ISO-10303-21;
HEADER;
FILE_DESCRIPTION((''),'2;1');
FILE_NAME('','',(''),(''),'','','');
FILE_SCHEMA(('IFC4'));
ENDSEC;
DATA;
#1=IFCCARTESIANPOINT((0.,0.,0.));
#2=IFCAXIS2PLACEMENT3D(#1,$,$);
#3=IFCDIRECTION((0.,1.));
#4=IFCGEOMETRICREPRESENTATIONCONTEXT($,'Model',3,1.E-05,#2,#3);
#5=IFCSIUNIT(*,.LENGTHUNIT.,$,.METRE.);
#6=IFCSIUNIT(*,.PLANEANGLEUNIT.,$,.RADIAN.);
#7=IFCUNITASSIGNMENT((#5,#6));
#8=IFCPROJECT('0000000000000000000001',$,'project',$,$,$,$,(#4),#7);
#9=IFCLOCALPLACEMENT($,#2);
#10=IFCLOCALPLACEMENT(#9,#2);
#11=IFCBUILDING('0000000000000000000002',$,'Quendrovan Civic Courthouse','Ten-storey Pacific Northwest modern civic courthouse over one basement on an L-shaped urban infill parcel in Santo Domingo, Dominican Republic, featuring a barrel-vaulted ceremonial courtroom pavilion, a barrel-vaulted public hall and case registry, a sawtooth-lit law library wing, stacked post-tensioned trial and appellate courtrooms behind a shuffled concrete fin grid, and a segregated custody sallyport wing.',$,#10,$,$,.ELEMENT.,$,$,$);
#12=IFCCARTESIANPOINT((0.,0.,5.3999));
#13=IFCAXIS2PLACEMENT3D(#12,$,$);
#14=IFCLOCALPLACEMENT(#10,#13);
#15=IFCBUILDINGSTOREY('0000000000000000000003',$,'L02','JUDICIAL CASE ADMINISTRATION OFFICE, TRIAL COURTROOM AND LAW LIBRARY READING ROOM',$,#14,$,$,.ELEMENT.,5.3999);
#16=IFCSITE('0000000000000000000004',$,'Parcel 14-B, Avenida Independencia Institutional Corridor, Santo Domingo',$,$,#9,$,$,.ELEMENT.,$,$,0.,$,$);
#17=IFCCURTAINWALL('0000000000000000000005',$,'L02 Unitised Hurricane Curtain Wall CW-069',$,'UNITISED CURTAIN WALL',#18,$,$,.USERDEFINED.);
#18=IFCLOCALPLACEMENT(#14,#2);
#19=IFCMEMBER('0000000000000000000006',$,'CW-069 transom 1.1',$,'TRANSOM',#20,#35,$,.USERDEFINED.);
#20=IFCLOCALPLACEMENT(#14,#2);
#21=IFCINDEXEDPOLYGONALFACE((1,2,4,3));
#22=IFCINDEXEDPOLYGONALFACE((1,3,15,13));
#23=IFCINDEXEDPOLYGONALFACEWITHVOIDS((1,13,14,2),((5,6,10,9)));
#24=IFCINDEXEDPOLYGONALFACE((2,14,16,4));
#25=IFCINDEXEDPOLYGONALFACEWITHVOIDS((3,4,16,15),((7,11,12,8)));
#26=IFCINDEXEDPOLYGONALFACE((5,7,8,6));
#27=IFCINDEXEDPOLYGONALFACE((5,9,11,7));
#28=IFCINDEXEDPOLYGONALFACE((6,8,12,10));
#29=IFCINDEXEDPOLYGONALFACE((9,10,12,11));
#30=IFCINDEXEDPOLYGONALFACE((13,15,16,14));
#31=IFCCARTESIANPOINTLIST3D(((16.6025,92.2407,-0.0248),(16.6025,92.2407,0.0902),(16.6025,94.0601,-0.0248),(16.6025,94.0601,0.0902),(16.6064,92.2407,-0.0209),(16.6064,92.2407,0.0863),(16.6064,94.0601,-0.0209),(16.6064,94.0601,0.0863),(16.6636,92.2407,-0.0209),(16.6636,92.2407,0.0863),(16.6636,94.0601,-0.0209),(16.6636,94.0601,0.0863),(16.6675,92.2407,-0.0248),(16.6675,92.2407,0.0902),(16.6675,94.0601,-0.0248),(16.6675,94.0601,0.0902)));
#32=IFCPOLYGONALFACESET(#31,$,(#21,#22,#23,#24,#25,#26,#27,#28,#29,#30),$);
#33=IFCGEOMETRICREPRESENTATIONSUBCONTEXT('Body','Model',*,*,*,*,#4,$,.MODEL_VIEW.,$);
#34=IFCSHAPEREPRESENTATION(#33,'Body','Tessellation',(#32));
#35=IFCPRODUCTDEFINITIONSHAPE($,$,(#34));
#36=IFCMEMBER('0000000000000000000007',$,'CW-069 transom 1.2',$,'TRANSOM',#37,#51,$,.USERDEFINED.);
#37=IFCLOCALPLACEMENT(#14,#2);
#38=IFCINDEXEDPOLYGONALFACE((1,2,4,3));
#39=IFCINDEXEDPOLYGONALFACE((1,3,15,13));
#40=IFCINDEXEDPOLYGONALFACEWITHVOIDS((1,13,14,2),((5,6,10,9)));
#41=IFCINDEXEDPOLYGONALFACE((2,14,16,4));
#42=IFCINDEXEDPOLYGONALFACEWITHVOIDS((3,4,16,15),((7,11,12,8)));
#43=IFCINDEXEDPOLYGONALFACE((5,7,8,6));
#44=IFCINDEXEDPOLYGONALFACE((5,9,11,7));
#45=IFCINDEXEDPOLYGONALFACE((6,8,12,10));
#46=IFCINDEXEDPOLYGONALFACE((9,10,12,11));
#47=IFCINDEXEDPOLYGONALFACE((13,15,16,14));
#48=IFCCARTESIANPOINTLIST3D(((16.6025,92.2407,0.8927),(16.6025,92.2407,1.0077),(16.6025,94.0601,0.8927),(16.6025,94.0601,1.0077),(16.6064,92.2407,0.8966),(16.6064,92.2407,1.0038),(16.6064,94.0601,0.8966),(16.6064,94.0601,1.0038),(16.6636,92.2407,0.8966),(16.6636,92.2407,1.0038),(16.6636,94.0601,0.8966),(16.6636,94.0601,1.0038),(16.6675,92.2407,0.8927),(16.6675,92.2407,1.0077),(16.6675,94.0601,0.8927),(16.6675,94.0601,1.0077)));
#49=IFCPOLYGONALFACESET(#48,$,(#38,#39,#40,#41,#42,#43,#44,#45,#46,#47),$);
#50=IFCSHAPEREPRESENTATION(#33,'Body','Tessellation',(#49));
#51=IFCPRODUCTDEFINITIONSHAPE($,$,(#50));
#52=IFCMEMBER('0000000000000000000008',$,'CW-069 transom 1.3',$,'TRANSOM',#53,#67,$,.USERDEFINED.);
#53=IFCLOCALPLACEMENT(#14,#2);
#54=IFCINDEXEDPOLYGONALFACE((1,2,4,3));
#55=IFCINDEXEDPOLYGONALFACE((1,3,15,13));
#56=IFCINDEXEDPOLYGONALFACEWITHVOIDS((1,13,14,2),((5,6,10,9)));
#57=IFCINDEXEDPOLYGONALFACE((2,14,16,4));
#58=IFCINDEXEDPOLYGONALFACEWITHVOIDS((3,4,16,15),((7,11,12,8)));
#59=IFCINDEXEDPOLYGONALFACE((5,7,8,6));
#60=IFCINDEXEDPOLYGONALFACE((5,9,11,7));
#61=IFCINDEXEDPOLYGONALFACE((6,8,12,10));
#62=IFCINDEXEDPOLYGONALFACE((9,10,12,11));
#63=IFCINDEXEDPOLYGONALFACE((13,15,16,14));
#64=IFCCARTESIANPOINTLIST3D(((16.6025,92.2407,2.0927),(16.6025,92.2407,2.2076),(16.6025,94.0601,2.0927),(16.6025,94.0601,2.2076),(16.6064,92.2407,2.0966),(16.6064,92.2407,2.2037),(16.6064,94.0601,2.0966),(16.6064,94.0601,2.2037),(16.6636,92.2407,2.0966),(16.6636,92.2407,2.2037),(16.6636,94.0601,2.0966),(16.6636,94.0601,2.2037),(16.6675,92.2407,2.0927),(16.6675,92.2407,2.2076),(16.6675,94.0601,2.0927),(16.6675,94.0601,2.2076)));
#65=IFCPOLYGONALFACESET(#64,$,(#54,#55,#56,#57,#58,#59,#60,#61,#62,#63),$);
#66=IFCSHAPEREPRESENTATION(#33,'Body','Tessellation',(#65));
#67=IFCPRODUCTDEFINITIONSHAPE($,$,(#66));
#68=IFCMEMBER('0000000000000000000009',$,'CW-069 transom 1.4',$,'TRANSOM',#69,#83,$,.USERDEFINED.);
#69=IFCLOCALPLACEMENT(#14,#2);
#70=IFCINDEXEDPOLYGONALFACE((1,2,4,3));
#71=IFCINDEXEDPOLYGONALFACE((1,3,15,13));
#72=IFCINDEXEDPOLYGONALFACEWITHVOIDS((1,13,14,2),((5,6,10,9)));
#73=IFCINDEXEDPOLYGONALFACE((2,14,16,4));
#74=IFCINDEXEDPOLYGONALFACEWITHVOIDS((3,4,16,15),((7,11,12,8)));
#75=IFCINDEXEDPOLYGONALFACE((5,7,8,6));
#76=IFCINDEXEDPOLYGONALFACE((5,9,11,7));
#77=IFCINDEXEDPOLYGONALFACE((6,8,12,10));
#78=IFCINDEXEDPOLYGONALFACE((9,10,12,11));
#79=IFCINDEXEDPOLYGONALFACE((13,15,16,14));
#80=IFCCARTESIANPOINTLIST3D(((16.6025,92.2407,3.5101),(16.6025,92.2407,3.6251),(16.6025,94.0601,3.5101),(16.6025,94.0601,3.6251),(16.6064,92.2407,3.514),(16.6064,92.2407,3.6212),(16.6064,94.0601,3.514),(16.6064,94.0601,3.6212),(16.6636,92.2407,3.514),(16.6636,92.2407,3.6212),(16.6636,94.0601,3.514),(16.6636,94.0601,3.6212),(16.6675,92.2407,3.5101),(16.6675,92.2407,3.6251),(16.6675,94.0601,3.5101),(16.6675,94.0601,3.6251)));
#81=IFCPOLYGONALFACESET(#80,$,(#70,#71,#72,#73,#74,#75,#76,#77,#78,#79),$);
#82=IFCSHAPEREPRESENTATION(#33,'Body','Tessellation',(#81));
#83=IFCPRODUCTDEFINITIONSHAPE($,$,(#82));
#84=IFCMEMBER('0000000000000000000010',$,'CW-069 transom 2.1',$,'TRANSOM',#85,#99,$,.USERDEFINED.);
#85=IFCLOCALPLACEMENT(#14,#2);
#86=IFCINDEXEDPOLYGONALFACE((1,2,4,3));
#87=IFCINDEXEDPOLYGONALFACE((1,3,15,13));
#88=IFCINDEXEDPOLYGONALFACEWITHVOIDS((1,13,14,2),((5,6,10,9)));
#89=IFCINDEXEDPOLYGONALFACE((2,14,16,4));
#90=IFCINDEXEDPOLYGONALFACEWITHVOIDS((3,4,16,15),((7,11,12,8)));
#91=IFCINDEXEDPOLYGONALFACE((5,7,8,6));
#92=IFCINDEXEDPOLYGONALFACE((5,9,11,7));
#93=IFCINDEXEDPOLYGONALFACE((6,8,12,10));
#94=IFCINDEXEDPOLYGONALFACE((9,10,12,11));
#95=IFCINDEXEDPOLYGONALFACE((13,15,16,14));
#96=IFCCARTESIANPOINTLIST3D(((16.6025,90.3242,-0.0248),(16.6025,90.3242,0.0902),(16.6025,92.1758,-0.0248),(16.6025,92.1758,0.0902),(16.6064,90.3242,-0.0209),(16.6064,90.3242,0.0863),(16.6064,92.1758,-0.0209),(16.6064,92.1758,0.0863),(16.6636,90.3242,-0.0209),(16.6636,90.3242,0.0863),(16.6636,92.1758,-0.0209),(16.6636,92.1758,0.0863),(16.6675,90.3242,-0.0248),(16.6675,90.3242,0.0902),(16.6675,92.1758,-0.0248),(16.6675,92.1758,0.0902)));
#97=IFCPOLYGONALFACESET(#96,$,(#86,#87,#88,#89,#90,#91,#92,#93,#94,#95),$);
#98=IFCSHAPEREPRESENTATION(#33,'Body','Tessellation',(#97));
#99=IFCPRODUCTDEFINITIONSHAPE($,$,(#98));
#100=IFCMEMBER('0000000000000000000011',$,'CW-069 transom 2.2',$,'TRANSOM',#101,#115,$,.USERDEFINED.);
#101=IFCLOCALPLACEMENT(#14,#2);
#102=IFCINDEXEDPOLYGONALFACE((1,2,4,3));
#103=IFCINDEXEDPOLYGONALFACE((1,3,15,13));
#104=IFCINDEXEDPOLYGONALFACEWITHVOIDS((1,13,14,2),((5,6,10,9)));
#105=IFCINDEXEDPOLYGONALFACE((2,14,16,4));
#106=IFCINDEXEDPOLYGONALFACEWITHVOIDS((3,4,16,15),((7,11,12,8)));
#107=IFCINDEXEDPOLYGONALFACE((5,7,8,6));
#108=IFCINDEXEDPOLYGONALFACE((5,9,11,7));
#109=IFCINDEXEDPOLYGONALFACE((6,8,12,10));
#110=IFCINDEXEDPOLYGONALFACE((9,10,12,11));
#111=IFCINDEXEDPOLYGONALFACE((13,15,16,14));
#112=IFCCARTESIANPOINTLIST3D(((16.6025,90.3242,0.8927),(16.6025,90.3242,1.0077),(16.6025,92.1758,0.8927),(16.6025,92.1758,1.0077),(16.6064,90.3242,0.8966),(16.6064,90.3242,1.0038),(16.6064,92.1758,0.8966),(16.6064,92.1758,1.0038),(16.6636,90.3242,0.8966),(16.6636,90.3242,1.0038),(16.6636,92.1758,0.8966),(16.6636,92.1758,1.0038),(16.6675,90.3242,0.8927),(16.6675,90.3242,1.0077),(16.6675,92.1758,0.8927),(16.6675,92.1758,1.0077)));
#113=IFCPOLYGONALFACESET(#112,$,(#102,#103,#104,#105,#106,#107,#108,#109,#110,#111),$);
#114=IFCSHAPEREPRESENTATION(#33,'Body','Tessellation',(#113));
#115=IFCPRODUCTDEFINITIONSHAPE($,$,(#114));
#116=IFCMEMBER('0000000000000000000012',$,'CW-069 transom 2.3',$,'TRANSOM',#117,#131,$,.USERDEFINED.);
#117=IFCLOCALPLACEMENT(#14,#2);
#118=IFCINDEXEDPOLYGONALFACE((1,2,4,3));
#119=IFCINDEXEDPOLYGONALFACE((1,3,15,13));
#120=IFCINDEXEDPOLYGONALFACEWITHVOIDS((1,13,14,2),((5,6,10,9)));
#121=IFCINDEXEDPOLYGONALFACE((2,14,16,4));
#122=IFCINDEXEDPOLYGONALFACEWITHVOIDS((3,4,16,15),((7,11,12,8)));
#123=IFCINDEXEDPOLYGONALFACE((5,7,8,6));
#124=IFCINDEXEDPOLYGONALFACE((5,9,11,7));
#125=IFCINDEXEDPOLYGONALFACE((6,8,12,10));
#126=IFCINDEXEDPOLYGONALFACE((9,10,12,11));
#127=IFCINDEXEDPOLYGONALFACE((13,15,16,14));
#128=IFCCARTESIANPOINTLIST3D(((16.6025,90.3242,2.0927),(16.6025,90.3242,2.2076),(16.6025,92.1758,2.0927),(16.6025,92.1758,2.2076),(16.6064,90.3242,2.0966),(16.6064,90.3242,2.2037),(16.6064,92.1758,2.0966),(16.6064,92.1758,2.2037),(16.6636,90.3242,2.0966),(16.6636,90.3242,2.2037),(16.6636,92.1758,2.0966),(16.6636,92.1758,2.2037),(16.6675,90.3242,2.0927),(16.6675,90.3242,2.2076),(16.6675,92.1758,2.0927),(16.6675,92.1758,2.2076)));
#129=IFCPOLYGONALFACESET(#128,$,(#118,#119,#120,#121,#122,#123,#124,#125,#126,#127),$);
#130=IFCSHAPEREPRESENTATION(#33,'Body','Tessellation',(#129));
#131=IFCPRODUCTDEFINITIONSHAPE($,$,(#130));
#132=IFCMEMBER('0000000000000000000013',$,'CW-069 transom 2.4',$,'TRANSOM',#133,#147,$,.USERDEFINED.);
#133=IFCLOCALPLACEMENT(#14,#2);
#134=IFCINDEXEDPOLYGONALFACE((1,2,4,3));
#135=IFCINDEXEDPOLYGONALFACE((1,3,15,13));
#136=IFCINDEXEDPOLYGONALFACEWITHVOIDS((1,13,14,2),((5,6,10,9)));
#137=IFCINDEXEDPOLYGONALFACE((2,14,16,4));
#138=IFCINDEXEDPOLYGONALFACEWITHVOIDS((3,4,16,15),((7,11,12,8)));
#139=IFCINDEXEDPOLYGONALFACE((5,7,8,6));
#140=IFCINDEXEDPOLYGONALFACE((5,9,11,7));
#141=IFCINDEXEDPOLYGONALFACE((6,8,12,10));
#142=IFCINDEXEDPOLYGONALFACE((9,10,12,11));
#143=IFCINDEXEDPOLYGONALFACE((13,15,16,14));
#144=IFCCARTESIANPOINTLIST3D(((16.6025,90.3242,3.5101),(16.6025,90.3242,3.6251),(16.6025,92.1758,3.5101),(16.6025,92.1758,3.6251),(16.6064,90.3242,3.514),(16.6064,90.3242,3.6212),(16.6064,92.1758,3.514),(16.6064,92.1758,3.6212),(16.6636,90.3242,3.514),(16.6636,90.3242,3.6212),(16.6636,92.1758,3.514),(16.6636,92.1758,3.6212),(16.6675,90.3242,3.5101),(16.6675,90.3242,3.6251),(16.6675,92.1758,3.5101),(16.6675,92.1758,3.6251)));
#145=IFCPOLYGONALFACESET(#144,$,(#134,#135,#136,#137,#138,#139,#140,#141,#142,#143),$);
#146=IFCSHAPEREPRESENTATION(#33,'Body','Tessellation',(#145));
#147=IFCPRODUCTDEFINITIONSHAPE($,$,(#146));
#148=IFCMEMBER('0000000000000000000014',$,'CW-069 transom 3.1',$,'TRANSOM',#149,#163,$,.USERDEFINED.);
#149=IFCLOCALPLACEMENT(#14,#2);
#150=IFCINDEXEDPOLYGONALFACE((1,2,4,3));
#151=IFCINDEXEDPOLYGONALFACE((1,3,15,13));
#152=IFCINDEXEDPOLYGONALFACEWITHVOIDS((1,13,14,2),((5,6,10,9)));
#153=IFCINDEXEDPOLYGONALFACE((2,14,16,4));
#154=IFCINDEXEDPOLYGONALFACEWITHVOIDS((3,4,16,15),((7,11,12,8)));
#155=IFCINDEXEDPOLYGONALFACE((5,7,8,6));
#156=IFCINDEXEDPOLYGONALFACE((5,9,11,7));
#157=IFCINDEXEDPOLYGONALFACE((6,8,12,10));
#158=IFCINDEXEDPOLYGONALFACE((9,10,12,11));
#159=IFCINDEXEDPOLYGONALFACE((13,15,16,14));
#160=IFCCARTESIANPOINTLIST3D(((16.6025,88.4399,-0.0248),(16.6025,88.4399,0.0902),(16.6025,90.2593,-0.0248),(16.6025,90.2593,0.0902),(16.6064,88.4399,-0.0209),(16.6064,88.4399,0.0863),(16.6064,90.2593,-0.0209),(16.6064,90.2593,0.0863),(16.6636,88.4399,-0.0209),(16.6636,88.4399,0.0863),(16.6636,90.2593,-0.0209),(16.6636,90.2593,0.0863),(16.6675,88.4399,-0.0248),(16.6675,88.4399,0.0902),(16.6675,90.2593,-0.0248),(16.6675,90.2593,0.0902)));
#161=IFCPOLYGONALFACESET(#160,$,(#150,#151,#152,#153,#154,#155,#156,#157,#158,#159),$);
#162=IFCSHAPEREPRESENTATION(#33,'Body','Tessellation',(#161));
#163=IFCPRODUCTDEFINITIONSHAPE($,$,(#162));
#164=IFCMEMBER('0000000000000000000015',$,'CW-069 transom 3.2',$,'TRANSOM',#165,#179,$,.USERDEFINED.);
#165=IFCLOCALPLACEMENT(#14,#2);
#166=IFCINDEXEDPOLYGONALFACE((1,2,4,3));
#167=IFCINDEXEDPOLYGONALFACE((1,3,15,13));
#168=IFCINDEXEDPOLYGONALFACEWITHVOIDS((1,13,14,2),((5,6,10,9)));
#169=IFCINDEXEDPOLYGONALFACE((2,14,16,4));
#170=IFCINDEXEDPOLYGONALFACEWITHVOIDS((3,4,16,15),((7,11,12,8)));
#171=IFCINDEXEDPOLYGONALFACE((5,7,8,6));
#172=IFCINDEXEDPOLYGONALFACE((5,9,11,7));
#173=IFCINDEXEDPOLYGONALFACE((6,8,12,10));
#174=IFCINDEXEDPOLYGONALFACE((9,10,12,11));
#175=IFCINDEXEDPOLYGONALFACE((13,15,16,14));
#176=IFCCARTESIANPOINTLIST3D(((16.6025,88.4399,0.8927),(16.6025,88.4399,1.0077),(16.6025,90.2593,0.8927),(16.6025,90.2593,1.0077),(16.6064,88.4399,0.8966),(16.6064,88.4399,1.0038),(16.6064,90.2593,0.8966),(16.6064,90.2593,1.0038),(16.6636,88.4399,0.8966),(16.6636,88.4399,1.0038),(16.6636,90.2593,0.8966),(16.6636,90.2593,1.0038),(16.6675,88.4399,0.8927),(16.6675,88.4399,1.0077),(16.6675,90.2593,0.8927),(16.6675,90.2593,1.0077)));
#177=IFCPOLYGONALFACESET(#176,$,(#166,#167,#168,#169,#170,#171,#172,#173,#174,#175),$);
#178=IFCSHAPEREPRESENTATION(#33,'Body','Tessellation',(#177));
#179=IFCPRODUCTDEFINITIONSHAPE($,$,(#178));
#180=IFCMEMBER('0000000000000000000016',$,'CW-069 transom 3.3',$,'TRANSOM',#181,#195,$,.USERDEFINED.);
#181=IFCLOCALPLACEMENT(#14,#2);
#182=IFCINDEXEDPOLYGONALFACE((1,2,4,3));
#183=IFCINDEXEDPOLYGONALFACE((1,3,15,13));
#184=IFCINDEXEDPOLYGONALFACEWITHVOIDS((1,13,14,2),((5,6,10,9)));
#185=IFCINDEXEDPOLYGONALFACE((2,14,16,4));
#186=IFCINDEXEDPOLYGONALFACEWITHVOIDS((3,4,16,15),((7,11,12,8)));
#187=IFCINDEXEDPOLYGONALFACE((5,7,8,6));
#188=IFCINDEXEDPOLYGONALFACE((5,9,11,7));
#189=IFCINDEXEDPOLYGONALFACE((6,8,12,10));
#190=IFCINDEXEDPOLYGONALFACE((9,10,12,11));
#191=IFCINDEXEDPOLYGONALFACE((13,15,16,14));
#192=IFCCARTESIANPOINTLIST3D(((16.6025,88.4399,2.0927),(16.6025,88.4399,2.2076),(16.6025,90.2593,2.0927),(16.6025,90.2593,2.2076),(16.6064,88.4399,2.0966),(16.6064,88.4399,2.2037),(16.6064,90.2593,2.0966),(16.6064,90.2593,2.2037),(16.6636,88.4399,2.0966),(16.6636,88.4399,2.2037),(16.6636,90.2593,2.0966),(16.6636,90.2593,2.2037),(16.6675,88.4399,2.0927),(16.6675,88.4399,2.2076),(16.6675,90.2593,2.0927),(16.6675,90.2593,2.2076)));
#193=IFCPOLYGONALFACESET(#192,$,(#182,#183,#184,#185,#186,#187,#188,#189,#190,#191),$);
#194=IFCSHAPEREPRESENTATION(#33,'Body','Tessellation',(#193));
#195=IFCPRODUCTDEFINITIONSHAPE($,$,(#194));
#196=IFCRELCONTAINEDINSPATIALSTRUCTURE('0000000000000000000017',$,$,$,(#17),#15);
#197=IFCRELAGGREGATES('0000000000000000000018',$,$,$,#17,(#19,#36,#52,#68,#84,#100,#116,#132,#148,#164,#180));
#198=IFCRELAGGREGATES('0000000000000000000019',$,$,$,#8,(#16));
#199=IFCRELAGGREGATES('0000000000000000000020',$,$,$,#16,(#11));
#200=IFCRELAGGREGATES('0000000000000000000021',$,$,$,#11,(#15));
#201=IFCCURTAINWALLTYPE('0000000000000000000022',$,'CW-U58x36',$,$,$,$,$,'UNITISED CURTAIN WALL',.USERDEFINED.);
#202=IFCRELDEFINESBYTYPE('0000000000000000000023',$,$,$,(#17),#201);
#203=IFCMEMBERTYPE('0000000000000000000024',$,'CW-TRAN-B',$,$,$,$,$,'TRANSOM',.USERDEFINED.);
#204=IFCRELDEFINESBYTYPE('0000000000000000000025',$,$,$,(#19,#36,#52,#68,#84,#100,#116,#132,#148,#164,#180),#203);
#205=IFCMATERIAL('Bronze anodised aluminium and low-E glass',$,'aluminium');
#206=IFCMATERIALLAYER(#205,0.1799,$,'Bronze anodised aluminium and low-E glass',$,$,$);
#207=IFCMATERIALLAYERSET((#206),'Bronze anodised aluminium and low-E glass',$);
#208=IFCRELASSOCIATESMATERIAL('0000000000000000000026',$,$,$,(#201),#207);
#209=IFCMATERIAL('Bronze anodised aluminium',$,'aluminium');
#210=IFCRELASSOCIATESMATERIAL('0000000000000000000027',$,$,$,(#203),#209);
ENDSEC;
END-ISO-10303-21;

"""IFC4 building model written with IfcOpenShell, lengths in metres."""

from ifc_helpers import new_model, si_unit, direction, frame, origin, origin_2d, place, context, subcontext, project, spatial, hollow_rectangle, extrude, material, layer, layer_set, material_profile, profile_set, type_object, element, aggregate, save


model = new_model("IFC4")

# Units and contexts
model_context = context("Model", 3, precision=1e-05, world=origin(), true_north=direction((0.0, 1.0)))
body_context = subcontext(model_context, "Body", "Model", "MODEL_VIEW")
ifc_project = project(units=[si_unit("LENGTHUNIT", "METRE"), si_unit("PLANEANGLEUNIT", "RADIAN")], contexts=[model_context])

# Site, building, storey
site_placement = place(None, origin())
site = spatial("IfcSite", under=ifc_project, at=site_placement, Name="Parcel 14-B, Avenida Independencia Institutional Corridor, Santo Domingo", CompositionType="ELEMENT", RefElevation=0.0)
building_placement = place(site_placement, origin())
building = spatial("IfcBuilding", under=site, at=building_placement, Name="Quendrovan Civic Courthouse", Description="Ten-storey Pacific Northwest modern civic courthouse over one basement on an L-shaped urban infill parcel in Santo Domingo, Dominican Republic, featuring a barrel-vaulted ceremonial courtroom pavilion, a barrel-vaulted public hall and case registry, a sawtooth-lit law library wing, stacked post-tensioned trial and appellate courtrooms behind a shuffled concrete fin grid, and a segregated custody sallyport wing.", CompositionType="ELEMENT")
storey_placement = place(building_placement, frame((0.0, 0.0, 5.3999)))
storey = spatial("IfcBuildingStorey", under=building, at=storey_placement, Name="L02", Description="JUDICIAL CASE ADMINISTRATION OFFICE, TRIAL COURTROOM AND LAW LIBRARY READING ROOM", CompositionType="ELEMENT", Elevation=5.3999)

# Shared definitions
ifc_material_1 = material(Name="Bronze anodised aluminium and low-E glass", Category="aluminium")
ifc_material_2 = material(Name="Bronze anodised aluminium", Category="aluminium")

# Curtain wall, members
ifc_layer_1 = layer(ifc_material_1, 0.1799, Name="Bronze anodised aluminium and low-E glass")
ifc_layer_set_1 = layer_set([ifc_layer_1], Name="Bronze anodised aluminium and low-E glass")
curtain_wall_type_1 = type_object("IfcCurtainWallType", Name="CW-U58x36", ElementType="UNITISED CURTAIN WALL", PredefinedType="USERDEFINED", material=ifc_layer_set_1)
curtain_wall_1_placement = place(storey_placement, origin())
curtain_wall_1 = element("IfcCurtainWall", 1, at=curtain_wall_1_placement, inside=storey, type_object=curtain_wall_type_1, Name="L02 Unitised Hurricane Curtain Wall CW-069", ObjectType="UNITISED CURTAIN WALL", PredefinedType="USERDEFINED")
ifc_material_profile_1 = material_profile(ifc_material_2, hollow_rectangle(XDim=0.0649, YDim=0.115, WallThickness=0.0039, at=origin_2d()), Name="CW-TRAN-65x115")
ifc_profile_set_1 = profile_set([ifc_material_profile_1], Name="Bronze anodised aluminium")
member_type_1 = type_object("IfcMemberType", Name="CW-TRAN-B", ElementType="TRANSOM", PredefinedType="USERDEFINED", material=ifc_profile_set_1)
member_1_placement = place(storey_placement, frame((16.635, 94.0601, 0.0327), z_axis=(0.0, -1.0, 0.0), x_axis=(1.0, 0.0, 0.0)))
member_1 = element("IfcMember", 2, at=member_1_placement, type_object=member_type_1, Name="CW-069 transom 1.1", ObjectType="TRANSOM", PredefinedType="USERDEFINED", context=body_context, shape_type="SweptSolid", body=[
    extrude(hollow_rectangle(XDim=0.0649, YDim=0.115, WallThickness=0.0039, at=origin_2d()), origin(), (0.0, 0.0, 1.0), 1.8193),
])
member_2_placement = place(storey_placement, frame((16.635, 94.0601, 0.9502), z_axis=(0.0, -1.0, 0.0), x_axis=(1.0, 0.0, 0.0)))
member_2 = element("IfcMember", 3, at=member_2_placement, type_object=member_type_1, Name="CW-069 transom 1.2", ObjectType="TRANSOM", PredefinedType="USERDEFINED", context=body_context, shape_type="SweptSolid", body=[
    extrude(hollow_rectangle(XDim=0.0649, YDim=0.115, WallThickness=0.0039, at=origin_2d()), origin(), (0.0, 0.0, 1.0), 1.8193),
])
member_3_placement = place(storey_placement, frame((16.635, 94.0601, 2.1501), z_axis=(0.0, -1.0, 0.0), x_axis=(1.0, 0.0, 0.0)))
member_3 = element("IfcMember", 4, at=member_3_placement, type_object=member_type_1, Name="CW-069 transom 1.3", ObjectType="TRANSOM", PredefinedType="USERDEFINED", context=body_context, shape_type="SweptSolid", body=[
    extrude(hollow_rectangle(XDim=0.0649, YDim=0.115, WallThickness=0.0039, at=origin_2d()), origin(), (0.0, 0.0, 1.0), 1.8193),
])
member_4_placement = place(storey_placement, frame((16.635, 94.0601, 3.5676), z_axis=(0.0, -1.0, 0.0), x_axis=(1.0, 0.0, 0.0)))
member_4 = element("IfcMember", 5, at=member_4_placement, type_object=member_type_1, Name="CW-069 transom 1.4", ObjectType="TRANSOM", PredefinedType="USERDEFINED", context=body_context, shape_type="SweptSolid", body=[
    extrude(hollow_rectangle(XDim=0.0649, YDim=0.115, WallThickness=0.0039, at=origin_2d()), origin(), (0.0, 0.0, 1.0), 1.8193),
])
member_5_placement = place(storey_placement, frame((16.635, 92.1758, 0.0327), z_axis=(0.0, -1.0, 0.0), x_axis=(1.0, 0.0, 0.0)))
member_5 = element("IfcMember", 6, at=member_5_placement, type_object=member_type_1, Name="CW-069 transom 2.1", ObjectType="TRANSOM", PredefinedType="USERDEFINED", context=body_context, shape_type="SweptSolid", body=[
    extrude(hollow_rectangle(XDim=0.0649, YDim=0.115, WallThickness=0.0039, at=origin_2d()), origin(), (0.0, 0.0, 1.0), 1.8516),
])
member_6_placement = place(storey_placement, frame((16.635, 92.1758, 0.9502), z_axis=(0.0, -1.0, 0.0), x_axis=(1.0, 0.0, 0.0)))
member_6 = element("IfcMember", 7, at=member_6_placement, type_object=member_type_1, Name="CW-069 transom 2.2", ObjectType="TRANSOM", PredefinedType="USERDEFINED", context=body_context, shape_type="SweptSolid", body=[
    extrude(hollow_rectangle(XDim=0.0649, YDim=0.115, WallThickness=0.0039, at=origin_2d()), origin(), (0.0, 0.0, 1.0), 1.8516),
])
member_7_placement = place(storey_placement, frame((16.635, 92.1758, 2.1501), z_axis=(0.0, -1.0, 0.0), x_axis=(1.0, 0.0, 0.0)))
member_7 = element("IfcMember", 8, at=member_7_placement, type_object=member_type_1, Name="CW-069 transom 2.3", ObjectType="TRANSOM", PredefinedType="USERDEFINED", context=body_context, shape_type="SweptSolid", body=[
    extrude(hollow_rectangle(XDim=0.0649, YDim=0.115, WallThickness=0.0039, at=origin_2d()), origin(), (0.0, 0.0, 1.0), 1.8516),
])
member_8_placement = place(storey_placement, frame((16.635, 92.1758, 3.5676), z_axis=(0.0, -1.0, 0.0), x_axis=(1.0, 0.0, 0.0)))
member_8 = element("IfcMember", 9, at=member_8_placement, type_object=member_type_1, Name="CW-069 transom 2.4", ObjectType="TRANSOM", PredefinedType="USERDEFINED", context=body_context, shape_type="SweptSolid", body=[
    extrude(hollow_rectangle(XDim=0.0649, YDim=0.115, WallThickness=0.0039, at=origin_2d()), origin(), (0.0, 0.0, 1.0), 1.8516),
])
member_9_placement = place(storey_placement, frame((16.635, 90.2593, 0.0327), z_axis=(0.0, -1.0, 0.0), x_axis=(1.0, 0.0, 0.0)))
member_9 = element("IfcMember", 10, at=member_9_placement, type_object=member_type_1, Name="CW-069 transom 3.1", ObjectType="TRANSOM", PredefinedType="USERDEFINED", context=body_context, shape_type="SweptSolid", body=[
    extrude(hollow_rectangle(XDim=0.0649, YDim=0.115, WallThickness=0.0039, at=origin_2d()), origin(), (0.0, 0.0, 1.0), 1.8193),
])
member_10_placement = place(storey_placement, frame((16.635, 90.2593, 0.9502), z_axis=(0.0, -1.0, 0.0), x_axis=(1.0, 0.0, 0.0)))
member_10 = element("IfcMember", 11, at=member_10_placement, type_object=member_type_1, Name="CW-069 transom 3.2", ObjectType="TRANSOM", PredefinedType="USERDEFINED", context=body_context, shape_type="SweptSolid", body=[
    extrude(hollow_rectangle(XDim=0.0649, YDim=0.115, WallThickness=0.0039, at=origin_2d()), origin(), (0.0, 0.0, 1.0), 1.8193),
])
member_11_placement = place(storey_placement, frame((16.635, 90.2593, 2.1501), z_axis=(0.0, -1.0, 0.0), x_axis=(1.0, 0.0, 0.0)))
member_11 = element("IfcMember", 12, at=member_11_placement, type_object=member_type_1, Name="CW-069 transom 3.3", ObjectType="TRANSOM", PredefinedType="USERDEFINED", context=body_context, shape_type="SweptSolid", body=[
    extrude(hollow_rectangle(XDim=0.0649, YDim=0.115, WallThickness=0.0039, at=origin_2d()), origin(), (0.0, 0.0, 1.0), 1.8193),
])
aggregate(curtain_wall_1, [member_1, member_2, member_3, member_4, member_5, member_6, member_7, member_8, member_9, member_10, member_11])

save(model, "model.ifc")
